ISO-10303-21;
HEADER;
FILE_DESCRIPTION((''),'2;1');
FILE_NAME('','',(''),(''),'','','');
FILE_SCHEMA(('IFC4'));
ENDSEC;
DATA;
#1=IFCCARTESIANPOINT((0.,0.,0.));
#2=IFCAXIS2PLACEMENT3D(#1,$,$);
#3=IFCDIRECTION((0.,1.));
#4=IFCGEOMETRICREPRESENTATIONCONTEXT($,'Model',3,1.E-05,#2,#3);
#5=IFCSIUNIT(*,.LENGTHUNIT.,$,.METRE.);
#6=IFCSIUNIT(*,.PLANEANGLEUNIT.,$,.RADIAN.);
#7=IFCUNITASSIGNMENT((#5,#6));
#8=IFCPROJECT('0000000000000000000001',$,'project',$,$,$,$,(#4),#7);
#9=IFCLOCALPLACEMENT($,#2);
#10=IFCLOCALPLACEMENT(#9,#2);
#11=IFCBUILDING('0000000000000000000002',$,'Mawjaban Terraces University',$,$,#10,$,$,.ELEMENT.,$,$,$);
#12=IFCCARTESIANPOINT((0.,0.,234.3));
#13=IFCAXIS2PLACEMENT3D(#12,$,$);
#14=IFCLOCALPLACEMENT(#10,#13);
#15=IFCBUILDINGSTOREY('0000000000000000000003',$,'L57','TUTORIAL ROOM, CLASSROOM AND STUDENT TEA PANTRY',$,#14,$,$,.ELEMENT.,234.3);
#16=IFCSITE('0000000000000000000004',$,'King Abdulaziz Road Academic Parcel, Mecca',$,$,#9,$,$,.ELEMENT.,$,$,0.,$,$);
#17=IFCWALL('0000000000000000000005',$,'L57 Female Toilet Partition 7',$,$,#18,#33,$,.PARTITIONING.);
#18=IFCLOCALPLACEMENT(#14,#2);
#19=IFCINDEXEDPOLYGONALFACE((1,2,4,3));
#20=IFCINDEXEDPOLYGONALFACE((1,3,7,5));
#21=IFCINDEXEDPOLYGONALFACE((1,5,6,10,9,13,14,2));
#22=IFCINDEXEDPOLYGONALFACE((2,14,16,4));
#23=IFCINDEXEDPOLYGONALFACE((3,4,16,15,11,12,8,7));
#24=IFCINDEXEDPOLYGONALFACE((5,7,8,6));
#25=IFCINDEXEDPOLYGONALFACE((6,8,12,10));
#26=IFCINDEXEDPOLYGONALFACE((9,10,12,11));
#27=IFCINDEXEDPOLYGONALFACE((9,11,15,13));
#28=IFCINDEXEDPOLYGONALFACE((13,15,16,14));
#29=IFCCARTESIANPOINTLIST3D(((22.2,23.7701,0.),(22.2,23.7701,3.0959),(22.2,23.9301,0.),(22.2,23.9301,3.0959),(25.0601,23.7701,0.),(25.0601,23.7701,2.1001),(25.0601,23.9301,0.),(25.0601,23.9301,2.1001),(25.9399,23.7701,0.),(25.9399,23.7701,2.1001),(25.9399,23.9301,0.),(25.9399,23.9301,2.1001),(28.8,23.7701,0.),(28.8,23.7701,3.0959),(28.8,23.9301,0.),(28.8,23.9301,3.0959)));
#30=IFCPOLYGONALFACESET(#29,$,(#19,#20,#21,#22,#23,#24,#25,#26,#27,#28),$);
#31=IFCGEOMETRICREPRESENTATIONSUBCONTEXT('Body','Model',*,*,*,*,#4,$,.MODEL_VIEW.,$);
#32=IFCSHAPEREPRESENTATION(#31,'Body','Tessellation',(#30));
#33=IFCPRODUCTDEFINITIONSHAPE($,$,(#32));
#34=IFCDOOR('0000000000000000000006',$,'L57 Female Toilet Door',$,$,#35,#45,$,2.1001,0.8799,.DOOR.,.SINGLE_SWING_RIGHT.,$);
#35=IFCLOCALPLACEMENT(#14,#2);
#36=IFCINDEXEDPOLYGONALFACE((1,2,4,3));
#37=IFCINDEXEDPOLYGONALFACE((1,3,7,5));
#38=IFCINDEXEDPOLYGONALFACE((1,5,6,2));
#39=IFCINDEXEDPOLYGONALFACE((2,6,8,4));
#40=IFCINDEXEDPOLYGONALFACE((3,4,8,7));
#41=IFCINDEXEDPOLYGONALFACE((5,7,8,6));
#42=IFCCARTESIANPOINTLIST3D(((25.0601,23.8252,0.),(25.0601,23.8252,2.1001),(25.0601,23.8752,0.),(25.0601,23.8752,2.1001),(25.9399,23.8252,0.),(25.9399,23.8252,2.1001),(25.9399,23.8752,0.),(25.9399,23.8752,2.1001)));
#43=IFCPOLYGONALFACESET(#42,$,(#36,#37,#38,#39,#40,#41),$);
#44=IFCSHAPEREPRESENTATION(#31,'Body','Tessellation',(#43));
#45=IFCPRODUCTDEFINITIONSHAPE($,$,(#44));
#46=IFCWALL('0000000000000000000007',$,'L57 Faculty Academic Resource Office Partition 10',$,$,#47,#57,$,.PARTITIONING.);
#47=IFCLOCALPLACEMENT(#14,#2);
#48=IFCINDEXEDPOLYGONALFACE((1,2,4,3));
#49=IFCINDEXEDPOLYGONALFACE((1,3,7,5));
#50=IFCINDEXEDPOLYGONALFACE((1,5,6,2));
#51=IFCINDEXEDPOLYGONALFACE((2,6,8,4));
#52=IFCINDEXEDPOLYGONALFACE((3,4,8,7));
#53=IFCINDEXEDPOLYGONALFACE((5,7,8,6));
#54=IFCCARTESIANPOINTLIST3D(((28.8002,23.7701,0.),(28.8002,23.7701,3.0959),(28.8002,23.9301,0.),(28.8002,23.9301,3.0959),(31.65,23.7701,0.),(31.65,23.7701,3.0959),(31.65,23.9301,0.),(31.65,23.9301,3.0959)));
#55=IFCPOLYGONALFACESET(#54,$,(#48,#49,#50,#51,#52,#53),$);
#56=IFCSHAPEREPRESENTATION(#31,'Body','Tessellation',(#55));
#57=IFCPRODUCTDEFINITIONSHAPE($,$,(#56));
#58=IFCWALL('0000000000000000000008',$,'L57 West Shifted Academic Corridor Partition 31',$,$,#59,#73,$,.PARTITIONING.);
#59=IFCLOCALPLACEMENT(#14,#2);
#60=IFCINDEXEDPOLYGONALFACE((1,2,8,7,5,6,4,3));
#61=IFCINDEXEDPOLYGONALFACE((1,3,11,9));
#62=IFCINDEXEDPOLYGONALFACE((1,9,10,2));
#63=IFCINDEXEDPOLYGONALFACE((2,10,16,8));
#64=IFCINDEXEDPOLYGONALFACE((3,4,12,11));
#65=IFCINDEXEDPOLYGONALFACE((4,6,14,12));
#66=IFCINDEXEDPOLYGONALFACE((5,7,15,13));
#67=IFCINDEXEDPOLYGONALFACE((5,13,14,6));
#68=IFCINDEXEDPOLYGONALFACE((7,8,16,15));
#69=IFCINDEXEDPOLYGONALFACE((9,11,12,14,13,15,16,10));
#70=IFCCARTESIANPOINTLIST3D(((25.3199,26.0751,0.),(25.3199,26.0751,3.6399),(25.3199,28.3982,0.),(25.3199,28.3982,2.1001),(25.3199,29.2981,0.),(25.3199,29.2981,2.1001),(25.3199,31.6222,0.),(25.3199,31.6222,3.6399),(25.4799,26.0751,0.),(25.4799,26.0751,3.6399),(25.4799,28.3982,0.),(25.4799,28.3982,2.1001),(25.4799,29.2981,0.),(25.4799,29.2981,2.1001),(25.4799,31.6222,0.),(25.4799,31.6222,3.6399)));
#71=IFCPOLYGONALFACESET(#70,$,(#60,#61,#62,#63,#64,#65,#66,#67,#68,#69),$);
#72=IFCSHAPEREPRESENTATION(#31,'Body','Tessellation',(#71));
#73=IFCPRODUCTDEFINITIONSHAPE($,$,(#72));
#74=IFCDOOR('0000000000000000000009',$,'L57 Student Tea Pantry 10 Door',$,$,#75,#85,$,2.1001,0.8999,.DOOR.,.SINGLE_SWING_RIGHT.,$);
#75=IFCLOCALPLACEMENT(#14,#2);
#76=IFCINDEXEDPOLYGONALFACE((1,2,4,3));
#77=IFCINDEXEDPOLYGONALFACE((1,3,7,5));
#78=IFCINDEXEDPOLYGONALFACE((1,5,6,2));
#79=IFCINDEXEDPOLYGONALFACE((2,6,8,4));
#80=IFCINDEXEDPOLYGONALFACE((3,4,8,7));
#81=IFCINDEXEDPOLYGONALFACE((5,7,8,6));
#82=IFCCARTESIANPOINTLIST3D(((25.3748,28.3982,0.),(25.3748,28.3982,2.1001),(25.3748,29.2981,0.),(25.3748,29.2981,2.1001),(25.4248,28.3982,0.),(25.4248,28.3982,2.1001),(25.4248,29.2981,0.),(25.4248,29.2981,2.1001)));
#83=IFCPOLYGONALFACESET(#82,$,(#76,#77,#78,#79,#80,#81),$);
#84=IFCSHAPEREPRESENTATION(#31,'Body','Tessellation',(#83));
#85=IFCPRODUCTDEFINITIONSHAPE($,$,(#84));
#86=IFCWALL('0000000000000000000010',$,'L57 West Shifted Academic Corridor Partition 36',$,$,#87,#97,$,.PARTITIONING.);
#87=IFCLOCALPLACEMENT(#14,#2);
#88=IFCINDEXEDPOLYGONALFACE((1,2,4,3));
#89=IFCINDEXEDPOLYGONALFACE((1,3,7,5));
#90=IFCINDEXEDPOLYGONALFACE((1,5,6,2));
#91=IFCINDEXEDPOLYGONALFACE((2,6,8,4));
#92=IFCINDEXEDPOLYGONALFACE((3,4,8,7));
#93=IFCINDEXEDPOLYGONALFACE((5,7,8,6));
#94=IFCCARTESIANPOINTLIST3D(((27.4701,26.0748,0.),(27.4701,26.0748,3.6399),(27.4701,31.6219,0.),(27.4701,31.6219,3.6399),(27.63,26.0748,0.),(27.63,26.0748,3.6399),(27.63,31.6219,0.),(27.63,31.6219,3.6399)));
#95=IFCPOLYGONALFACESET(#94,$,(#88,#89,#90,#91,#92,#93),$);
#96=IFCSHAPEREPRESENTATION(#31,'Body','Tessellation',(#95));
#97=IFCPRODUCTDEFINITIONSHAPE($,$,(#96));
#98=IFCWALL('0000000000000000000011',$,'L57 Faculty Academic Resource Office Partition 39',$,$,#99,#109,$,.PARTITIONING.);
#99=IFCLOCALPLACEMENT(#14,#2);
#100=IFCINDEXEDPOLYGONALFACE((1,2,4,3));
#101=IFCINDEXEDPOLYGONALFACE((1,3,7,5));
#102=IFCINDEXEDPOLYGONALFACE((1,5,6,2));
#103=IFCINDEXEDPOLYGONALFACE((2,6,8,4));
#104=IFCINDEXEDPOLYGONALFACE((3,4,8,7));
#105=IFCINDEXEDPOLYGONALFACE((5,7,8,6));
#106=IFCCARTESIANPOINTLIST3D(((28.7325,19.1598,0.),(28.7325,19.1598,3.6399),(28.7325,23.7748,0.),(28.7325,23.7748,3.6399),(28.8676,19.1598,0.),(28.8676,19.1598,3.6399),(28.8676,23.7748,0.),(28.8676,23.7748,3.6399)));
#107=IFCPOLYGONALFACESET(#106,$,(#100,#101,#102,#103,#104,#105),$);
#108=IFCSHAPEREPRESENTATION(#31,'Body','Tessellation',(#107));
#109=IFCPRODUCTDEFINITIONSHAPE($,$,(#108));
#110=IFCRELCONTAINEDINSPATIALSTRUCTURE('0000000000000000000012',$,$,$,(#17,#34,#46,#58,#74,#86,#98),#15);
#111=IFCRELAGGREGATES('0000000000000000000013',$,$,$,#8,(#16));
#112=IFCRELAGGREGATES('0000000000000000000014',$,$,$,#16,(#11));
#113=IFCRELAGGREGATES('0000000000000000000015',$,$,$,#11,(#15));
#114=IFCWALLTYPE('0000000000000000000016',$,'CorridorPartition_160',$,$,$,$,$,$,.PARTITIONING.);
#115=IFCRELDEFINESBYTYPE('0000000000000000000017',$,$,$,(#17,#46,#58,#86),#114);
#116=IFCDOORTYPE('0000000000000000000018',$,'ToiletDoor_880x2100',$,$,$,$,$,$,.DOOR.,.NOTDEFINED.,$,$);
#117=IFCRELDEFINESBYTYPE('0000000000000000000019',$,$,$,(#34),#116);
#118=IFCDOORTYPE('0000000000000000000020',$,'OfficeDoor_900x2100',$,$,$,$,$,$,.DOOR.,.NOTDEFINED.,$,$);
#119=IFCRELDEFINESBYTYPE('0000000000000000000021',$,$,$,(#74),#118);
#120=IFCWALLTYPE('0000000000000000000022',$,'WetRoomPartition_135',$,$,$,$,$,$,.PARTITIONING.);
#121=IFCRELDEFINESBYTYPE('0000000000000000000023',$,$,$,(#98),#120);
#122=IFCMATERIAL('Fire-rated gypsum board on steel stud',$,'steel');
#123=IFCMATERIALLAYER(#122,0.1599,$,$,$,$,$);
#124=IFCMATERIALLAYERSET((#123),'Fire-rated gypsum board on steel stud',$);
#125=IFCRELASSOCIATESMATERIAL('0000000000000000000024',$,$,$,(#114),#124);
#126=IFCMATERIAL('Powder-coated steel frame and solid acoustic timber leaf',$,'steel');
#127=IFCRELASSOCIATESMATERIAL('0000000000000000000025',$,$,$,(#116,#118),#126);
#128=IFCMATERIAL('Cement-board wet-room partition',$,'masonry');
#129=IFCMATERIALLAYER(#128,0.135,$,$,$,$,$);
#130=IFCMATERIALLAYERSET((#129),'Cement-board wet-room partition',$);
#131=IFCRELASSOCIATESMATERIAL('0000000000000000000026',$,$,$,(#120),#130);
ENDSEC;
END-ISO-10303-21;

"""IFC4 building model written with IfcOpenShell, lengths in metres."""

from ifc_helpers import new_model, si_unit, direction, frame, frame_2d, origin, place, context, subcontext, project, spatial, rectangle, extrude, material, layer, layer_set, type_object, element, fill, save


model = new_model("IFC4")

# Units and contexts
model_context = context("Model", 3, precision=1e-05, world=origin(), true_north=direction((0.0, 1.0)))
body_context = subcontext(model_context, "Body", "Model", "MODEL_VIEW")
ifc_project = project(units=[si_unit("LENGTHUNIT", "METRE"), si_unit("PLANEANGLEUNIT", "RADIAN")], contexts=[model_context])

# Site, building, storey
site_placement = place(None, origin())
site = spatial("IfcSite", under=ifc_project, at=site_placement, Name="King Abdulaziz Road Academic Parcel, Mecca", CompositionType="ELEMENT", RefElevation=0.0)
building_placement = place(site_placement, origin())
building = spatial("IfcBuilding", under=site, at=building_placement, Name="Mawjaban Terraces University", CompositionType="ELEMENT")
storey_placement = place(building_placement, frame((0.0, 0.0, 234.3)))
storey = spatial("IfcBuildingStorey", under=building, at=storey_placement, Name="L57", Description="TUTORIAL ROOM, CLASSROOM AND STUDENT TEA PANTRY", CompositionType="ELEMENT", Elevation=234.3)

# Shared definitions
ifc_material_1 = material(Name="Fire-rated gypsum board on steel stud", Category="steel")
ifc_layer_1 = layer(ifc_material_1, 0.1599)
ifc_layer_set_1 = layer_set([ifc_layer_1], Name="Fire-rated gypsum board on steel stud")
wall_type_1 = type_object("IfcWallType", Name="CorridorPartition_160", PredefinedType="PARTITIONING", material=ifc_layer_set_1)

# Wall, opening, door
wall_1_placement = place(storey_placement, frame((28.8, 23.8501, 0.0), z_axis=(0.0, 0.0, 1.0), x_axis=(-1.0, 0.0, 0.0)))
wall_1 = element("IfcWall", 1, at=wall_1_placement, inside=storey, type_object=wall_type_1, Name="L57 Female Toilet Partition 7", PredefinedType="PARTITIONING", context=body_context, shape_type="SweptSolid", body=[
    extrude(rectangle(XDim=6.6001, YDim=0.1599, at=frame_2d((3.3, 0.0))), origin(), (0.0, 0.0, 1.0), 3.0959),
])
opening_1_placement = place(wall_1_placement, frame((2.8601, 0.0, 0.0)))
opening_1 = element("IfcOpeningElement", 2, at=opening_1_placement, cuts=wall_1, PredefinedType="OPENING", context=body_context, shape_type="SweptSolid", body=[
    extrude(rectangle(XDim=0.8799, YDim=2.1001, at=frame_2d((0.4399, 1.05))), frame((0.0, 0.0898, 0.0), z_axis=(0.0, -1.0, 0.0), x_axis=(1.0, 0.0, 0.0)), (0.0, 0.0, 1.0), 0.1799),
])
ifc_material_2 = material(Name="Powder-coated steel frame and solid acoustic timber leaf", Category="steel")
door_type_1 = type_object("IfcDoorType", Name="ToiletDoor_880x2100", OperationType="NOTDEFINED", PredefinedType="DOOR", material=ifc_material_2)
door_1_placement = place(opening_1_placement, origin())
door_1 = element("IfcDoor", 3, at=door_1_placement, inside=storey, type_object=door_type_1, Name="L57 Female Toilet Door", OperationType="SINGLE_SWING_RIGHT", OverallHeight=2.1001, OverallWidth=0.8799, PredefinedType="DOOR", context=body_context, shape_type="SweptSolid", body=[
    extrude(rectangle(XDim=0.8799, YDim=2.1001, at=frame_2d((0.4399, 1.05))), frame((0.0, 0.0249, 0.0), z_axis=(0.0, -1.0, 0.0), x_axis=(1.0, 0.0, 0.0)), (0.0, 0.0, 1.0), 0.05),
])
fill(opening_1, door_1)

# Wall
wall_2_placement = place(storey_placement, frame((31.6499, 23.8501, 0.0), z_axis=(0.0, 0.0, 1.0), x_axis=(-1.0, 0.0, 0.0)))
element("IfcWall", 4, at=wall_2_placement, inside=storey, type_object=wall_type_1, Name="L57 Faculty Academic Resource Office Partition 10", PredefinedType="PARTITIONING", context=body_context, shape_type="SweptSolid", body=[
    extrude(rectangle(XDim=2.8499, YDim=0.1599, at=frame_2d((1.4248, 0.0))), origin(), (0.0, 0.0, 1.0), 3.0959),
])

# Wall, opening, door
wall_3_placement = place(storey_placement, frame((25.3999, 31.6221, 0.0), z_axis=(0.0, 0.0, 1.0), x_axis=(0.0, -1.0, 0.0)))
wall_3 = element("IfcWall", 5, at=wall_3_placement, inside=storey, type_object=wall_type_1, Name="L57 West Shifted Academic Corridor Partition 31", PredefinedType="PARTITIONING", context=body_context, shape_type="SweptSolid", body=[
    extrude(rectangle(XDim=5.5471, YDim=0.1599, at=frame_2d((2.7734, 0.0))), origin(), (0.0, 0.0, 1.0), 3.6399),
])
opening_2_placement = place(wall_3_placement, frame((2.324, 0.0, 0.0)))
opening_2 = element("IfcOpeningElement", 6, at=opening_2_placement, cuts=wall_3, PredefinedType="OPENING", context=body_context, shape_type="SweptSolid", body=[
    extrude(rectangle(XDim=0.8999, YDim=2.1001, at=frame_2d((0.45, 1.05))), frame((0.0, 0.0898, 0.0), z_axis=(0.0, -1.0, 0.0), x_axis=(1.0, 0.0, 0.0)), (0.0, 0.0, 1.0), 0.1799),
])
door_type_2 = type_object("IfcDoorType", Name="OfficeDoor_900x2100", OperationType="NOTDEFINED", PredefinedType="DOOR", material=ifc_material_2)
door_2_placement = place(opening_2_placement, origin())
door_2 = element("IfcDoor", 7, at=door_2_placement, inside=storey, type_object=door_type_2, Name="L57 Student Tea Pantry 10 Door", OperationType="SINGLE_SWING_RIGHT", OverallHeight=2.1001, OverallWidth=0.8999, PredefinedType="DOOR", context=body_context, shape_type="SweptSolid", body=[
    extrude(rectangle(XDim=0.8999, YDim=2.1001, at=frame_2d((0.45, 1.05))), frame((0.0, 0.0249, 0.0), z_axis=(0.0, -1.0, 0.0), x_axis=(1.0, 0.0, 0.0)), (0.0, 0.0, 1.0), 0.05),
])
fill(opening_2, door_2)

# Walls
wall_4_placement = place(storey_placement, frame((27.55, 26.075, 0.0), z_axis=(0.0, 0.0, 1.0), x_axis=(0.0, 1.0, 0.0)))
element("IfcWall", 8, at=wall_4_placement, inside=storey, type_object=wall_type_1, Name="L57 West Shifted Academic Corridor Partition 36", PredefinedType="PARTITIONING", context=body_context, shape_type="SweptSolid", body=[
    extrude(rectangle(XDim=5.5471, YDim=0.1599, at=frame_2d((2.7734, 0.0))), origin(), (0.0, 0.0, 1.0), 3.6399),
])
ifc_material_3 = material(Name="Cement-board wet-room partition", Category="masonry")
ifc_layer_2 = layer(ifc_material_3, 0.135)
ifc_layer_set_2 = layer_set([ifc_layer_2], Name="Cement-board wet-room partition")
wall_type_2 = type_object("IfcWallType", Name="WetRoomPartition_135", PredefinedType="PARTITIONING", material=ifc_layer_set_2)
wall_5_placement = place(storey_placement, frame((28.8, 23.7749, 0.0), z_axis=(0.0, 0.0, 1.0), x_axis=(0.0, -1.0, 0.0)))
element("IfcWall", 9, at=wall_5_placement, inside=storey, type_object=wall_type_2, Name="L57 Faculty Academic Resource Office Partition 39", PredefinedType="PARTITIONING", context=body_context, shape_type="SweptSolid", body=[
    extrude(rectangle(XDim=4.615, YDim=0.135, at=frame_2d((2.3076, 0.0))), origin(), (0.0, 0.0, 1.0), 3.6399),
])

save(model, "model.ifc")
